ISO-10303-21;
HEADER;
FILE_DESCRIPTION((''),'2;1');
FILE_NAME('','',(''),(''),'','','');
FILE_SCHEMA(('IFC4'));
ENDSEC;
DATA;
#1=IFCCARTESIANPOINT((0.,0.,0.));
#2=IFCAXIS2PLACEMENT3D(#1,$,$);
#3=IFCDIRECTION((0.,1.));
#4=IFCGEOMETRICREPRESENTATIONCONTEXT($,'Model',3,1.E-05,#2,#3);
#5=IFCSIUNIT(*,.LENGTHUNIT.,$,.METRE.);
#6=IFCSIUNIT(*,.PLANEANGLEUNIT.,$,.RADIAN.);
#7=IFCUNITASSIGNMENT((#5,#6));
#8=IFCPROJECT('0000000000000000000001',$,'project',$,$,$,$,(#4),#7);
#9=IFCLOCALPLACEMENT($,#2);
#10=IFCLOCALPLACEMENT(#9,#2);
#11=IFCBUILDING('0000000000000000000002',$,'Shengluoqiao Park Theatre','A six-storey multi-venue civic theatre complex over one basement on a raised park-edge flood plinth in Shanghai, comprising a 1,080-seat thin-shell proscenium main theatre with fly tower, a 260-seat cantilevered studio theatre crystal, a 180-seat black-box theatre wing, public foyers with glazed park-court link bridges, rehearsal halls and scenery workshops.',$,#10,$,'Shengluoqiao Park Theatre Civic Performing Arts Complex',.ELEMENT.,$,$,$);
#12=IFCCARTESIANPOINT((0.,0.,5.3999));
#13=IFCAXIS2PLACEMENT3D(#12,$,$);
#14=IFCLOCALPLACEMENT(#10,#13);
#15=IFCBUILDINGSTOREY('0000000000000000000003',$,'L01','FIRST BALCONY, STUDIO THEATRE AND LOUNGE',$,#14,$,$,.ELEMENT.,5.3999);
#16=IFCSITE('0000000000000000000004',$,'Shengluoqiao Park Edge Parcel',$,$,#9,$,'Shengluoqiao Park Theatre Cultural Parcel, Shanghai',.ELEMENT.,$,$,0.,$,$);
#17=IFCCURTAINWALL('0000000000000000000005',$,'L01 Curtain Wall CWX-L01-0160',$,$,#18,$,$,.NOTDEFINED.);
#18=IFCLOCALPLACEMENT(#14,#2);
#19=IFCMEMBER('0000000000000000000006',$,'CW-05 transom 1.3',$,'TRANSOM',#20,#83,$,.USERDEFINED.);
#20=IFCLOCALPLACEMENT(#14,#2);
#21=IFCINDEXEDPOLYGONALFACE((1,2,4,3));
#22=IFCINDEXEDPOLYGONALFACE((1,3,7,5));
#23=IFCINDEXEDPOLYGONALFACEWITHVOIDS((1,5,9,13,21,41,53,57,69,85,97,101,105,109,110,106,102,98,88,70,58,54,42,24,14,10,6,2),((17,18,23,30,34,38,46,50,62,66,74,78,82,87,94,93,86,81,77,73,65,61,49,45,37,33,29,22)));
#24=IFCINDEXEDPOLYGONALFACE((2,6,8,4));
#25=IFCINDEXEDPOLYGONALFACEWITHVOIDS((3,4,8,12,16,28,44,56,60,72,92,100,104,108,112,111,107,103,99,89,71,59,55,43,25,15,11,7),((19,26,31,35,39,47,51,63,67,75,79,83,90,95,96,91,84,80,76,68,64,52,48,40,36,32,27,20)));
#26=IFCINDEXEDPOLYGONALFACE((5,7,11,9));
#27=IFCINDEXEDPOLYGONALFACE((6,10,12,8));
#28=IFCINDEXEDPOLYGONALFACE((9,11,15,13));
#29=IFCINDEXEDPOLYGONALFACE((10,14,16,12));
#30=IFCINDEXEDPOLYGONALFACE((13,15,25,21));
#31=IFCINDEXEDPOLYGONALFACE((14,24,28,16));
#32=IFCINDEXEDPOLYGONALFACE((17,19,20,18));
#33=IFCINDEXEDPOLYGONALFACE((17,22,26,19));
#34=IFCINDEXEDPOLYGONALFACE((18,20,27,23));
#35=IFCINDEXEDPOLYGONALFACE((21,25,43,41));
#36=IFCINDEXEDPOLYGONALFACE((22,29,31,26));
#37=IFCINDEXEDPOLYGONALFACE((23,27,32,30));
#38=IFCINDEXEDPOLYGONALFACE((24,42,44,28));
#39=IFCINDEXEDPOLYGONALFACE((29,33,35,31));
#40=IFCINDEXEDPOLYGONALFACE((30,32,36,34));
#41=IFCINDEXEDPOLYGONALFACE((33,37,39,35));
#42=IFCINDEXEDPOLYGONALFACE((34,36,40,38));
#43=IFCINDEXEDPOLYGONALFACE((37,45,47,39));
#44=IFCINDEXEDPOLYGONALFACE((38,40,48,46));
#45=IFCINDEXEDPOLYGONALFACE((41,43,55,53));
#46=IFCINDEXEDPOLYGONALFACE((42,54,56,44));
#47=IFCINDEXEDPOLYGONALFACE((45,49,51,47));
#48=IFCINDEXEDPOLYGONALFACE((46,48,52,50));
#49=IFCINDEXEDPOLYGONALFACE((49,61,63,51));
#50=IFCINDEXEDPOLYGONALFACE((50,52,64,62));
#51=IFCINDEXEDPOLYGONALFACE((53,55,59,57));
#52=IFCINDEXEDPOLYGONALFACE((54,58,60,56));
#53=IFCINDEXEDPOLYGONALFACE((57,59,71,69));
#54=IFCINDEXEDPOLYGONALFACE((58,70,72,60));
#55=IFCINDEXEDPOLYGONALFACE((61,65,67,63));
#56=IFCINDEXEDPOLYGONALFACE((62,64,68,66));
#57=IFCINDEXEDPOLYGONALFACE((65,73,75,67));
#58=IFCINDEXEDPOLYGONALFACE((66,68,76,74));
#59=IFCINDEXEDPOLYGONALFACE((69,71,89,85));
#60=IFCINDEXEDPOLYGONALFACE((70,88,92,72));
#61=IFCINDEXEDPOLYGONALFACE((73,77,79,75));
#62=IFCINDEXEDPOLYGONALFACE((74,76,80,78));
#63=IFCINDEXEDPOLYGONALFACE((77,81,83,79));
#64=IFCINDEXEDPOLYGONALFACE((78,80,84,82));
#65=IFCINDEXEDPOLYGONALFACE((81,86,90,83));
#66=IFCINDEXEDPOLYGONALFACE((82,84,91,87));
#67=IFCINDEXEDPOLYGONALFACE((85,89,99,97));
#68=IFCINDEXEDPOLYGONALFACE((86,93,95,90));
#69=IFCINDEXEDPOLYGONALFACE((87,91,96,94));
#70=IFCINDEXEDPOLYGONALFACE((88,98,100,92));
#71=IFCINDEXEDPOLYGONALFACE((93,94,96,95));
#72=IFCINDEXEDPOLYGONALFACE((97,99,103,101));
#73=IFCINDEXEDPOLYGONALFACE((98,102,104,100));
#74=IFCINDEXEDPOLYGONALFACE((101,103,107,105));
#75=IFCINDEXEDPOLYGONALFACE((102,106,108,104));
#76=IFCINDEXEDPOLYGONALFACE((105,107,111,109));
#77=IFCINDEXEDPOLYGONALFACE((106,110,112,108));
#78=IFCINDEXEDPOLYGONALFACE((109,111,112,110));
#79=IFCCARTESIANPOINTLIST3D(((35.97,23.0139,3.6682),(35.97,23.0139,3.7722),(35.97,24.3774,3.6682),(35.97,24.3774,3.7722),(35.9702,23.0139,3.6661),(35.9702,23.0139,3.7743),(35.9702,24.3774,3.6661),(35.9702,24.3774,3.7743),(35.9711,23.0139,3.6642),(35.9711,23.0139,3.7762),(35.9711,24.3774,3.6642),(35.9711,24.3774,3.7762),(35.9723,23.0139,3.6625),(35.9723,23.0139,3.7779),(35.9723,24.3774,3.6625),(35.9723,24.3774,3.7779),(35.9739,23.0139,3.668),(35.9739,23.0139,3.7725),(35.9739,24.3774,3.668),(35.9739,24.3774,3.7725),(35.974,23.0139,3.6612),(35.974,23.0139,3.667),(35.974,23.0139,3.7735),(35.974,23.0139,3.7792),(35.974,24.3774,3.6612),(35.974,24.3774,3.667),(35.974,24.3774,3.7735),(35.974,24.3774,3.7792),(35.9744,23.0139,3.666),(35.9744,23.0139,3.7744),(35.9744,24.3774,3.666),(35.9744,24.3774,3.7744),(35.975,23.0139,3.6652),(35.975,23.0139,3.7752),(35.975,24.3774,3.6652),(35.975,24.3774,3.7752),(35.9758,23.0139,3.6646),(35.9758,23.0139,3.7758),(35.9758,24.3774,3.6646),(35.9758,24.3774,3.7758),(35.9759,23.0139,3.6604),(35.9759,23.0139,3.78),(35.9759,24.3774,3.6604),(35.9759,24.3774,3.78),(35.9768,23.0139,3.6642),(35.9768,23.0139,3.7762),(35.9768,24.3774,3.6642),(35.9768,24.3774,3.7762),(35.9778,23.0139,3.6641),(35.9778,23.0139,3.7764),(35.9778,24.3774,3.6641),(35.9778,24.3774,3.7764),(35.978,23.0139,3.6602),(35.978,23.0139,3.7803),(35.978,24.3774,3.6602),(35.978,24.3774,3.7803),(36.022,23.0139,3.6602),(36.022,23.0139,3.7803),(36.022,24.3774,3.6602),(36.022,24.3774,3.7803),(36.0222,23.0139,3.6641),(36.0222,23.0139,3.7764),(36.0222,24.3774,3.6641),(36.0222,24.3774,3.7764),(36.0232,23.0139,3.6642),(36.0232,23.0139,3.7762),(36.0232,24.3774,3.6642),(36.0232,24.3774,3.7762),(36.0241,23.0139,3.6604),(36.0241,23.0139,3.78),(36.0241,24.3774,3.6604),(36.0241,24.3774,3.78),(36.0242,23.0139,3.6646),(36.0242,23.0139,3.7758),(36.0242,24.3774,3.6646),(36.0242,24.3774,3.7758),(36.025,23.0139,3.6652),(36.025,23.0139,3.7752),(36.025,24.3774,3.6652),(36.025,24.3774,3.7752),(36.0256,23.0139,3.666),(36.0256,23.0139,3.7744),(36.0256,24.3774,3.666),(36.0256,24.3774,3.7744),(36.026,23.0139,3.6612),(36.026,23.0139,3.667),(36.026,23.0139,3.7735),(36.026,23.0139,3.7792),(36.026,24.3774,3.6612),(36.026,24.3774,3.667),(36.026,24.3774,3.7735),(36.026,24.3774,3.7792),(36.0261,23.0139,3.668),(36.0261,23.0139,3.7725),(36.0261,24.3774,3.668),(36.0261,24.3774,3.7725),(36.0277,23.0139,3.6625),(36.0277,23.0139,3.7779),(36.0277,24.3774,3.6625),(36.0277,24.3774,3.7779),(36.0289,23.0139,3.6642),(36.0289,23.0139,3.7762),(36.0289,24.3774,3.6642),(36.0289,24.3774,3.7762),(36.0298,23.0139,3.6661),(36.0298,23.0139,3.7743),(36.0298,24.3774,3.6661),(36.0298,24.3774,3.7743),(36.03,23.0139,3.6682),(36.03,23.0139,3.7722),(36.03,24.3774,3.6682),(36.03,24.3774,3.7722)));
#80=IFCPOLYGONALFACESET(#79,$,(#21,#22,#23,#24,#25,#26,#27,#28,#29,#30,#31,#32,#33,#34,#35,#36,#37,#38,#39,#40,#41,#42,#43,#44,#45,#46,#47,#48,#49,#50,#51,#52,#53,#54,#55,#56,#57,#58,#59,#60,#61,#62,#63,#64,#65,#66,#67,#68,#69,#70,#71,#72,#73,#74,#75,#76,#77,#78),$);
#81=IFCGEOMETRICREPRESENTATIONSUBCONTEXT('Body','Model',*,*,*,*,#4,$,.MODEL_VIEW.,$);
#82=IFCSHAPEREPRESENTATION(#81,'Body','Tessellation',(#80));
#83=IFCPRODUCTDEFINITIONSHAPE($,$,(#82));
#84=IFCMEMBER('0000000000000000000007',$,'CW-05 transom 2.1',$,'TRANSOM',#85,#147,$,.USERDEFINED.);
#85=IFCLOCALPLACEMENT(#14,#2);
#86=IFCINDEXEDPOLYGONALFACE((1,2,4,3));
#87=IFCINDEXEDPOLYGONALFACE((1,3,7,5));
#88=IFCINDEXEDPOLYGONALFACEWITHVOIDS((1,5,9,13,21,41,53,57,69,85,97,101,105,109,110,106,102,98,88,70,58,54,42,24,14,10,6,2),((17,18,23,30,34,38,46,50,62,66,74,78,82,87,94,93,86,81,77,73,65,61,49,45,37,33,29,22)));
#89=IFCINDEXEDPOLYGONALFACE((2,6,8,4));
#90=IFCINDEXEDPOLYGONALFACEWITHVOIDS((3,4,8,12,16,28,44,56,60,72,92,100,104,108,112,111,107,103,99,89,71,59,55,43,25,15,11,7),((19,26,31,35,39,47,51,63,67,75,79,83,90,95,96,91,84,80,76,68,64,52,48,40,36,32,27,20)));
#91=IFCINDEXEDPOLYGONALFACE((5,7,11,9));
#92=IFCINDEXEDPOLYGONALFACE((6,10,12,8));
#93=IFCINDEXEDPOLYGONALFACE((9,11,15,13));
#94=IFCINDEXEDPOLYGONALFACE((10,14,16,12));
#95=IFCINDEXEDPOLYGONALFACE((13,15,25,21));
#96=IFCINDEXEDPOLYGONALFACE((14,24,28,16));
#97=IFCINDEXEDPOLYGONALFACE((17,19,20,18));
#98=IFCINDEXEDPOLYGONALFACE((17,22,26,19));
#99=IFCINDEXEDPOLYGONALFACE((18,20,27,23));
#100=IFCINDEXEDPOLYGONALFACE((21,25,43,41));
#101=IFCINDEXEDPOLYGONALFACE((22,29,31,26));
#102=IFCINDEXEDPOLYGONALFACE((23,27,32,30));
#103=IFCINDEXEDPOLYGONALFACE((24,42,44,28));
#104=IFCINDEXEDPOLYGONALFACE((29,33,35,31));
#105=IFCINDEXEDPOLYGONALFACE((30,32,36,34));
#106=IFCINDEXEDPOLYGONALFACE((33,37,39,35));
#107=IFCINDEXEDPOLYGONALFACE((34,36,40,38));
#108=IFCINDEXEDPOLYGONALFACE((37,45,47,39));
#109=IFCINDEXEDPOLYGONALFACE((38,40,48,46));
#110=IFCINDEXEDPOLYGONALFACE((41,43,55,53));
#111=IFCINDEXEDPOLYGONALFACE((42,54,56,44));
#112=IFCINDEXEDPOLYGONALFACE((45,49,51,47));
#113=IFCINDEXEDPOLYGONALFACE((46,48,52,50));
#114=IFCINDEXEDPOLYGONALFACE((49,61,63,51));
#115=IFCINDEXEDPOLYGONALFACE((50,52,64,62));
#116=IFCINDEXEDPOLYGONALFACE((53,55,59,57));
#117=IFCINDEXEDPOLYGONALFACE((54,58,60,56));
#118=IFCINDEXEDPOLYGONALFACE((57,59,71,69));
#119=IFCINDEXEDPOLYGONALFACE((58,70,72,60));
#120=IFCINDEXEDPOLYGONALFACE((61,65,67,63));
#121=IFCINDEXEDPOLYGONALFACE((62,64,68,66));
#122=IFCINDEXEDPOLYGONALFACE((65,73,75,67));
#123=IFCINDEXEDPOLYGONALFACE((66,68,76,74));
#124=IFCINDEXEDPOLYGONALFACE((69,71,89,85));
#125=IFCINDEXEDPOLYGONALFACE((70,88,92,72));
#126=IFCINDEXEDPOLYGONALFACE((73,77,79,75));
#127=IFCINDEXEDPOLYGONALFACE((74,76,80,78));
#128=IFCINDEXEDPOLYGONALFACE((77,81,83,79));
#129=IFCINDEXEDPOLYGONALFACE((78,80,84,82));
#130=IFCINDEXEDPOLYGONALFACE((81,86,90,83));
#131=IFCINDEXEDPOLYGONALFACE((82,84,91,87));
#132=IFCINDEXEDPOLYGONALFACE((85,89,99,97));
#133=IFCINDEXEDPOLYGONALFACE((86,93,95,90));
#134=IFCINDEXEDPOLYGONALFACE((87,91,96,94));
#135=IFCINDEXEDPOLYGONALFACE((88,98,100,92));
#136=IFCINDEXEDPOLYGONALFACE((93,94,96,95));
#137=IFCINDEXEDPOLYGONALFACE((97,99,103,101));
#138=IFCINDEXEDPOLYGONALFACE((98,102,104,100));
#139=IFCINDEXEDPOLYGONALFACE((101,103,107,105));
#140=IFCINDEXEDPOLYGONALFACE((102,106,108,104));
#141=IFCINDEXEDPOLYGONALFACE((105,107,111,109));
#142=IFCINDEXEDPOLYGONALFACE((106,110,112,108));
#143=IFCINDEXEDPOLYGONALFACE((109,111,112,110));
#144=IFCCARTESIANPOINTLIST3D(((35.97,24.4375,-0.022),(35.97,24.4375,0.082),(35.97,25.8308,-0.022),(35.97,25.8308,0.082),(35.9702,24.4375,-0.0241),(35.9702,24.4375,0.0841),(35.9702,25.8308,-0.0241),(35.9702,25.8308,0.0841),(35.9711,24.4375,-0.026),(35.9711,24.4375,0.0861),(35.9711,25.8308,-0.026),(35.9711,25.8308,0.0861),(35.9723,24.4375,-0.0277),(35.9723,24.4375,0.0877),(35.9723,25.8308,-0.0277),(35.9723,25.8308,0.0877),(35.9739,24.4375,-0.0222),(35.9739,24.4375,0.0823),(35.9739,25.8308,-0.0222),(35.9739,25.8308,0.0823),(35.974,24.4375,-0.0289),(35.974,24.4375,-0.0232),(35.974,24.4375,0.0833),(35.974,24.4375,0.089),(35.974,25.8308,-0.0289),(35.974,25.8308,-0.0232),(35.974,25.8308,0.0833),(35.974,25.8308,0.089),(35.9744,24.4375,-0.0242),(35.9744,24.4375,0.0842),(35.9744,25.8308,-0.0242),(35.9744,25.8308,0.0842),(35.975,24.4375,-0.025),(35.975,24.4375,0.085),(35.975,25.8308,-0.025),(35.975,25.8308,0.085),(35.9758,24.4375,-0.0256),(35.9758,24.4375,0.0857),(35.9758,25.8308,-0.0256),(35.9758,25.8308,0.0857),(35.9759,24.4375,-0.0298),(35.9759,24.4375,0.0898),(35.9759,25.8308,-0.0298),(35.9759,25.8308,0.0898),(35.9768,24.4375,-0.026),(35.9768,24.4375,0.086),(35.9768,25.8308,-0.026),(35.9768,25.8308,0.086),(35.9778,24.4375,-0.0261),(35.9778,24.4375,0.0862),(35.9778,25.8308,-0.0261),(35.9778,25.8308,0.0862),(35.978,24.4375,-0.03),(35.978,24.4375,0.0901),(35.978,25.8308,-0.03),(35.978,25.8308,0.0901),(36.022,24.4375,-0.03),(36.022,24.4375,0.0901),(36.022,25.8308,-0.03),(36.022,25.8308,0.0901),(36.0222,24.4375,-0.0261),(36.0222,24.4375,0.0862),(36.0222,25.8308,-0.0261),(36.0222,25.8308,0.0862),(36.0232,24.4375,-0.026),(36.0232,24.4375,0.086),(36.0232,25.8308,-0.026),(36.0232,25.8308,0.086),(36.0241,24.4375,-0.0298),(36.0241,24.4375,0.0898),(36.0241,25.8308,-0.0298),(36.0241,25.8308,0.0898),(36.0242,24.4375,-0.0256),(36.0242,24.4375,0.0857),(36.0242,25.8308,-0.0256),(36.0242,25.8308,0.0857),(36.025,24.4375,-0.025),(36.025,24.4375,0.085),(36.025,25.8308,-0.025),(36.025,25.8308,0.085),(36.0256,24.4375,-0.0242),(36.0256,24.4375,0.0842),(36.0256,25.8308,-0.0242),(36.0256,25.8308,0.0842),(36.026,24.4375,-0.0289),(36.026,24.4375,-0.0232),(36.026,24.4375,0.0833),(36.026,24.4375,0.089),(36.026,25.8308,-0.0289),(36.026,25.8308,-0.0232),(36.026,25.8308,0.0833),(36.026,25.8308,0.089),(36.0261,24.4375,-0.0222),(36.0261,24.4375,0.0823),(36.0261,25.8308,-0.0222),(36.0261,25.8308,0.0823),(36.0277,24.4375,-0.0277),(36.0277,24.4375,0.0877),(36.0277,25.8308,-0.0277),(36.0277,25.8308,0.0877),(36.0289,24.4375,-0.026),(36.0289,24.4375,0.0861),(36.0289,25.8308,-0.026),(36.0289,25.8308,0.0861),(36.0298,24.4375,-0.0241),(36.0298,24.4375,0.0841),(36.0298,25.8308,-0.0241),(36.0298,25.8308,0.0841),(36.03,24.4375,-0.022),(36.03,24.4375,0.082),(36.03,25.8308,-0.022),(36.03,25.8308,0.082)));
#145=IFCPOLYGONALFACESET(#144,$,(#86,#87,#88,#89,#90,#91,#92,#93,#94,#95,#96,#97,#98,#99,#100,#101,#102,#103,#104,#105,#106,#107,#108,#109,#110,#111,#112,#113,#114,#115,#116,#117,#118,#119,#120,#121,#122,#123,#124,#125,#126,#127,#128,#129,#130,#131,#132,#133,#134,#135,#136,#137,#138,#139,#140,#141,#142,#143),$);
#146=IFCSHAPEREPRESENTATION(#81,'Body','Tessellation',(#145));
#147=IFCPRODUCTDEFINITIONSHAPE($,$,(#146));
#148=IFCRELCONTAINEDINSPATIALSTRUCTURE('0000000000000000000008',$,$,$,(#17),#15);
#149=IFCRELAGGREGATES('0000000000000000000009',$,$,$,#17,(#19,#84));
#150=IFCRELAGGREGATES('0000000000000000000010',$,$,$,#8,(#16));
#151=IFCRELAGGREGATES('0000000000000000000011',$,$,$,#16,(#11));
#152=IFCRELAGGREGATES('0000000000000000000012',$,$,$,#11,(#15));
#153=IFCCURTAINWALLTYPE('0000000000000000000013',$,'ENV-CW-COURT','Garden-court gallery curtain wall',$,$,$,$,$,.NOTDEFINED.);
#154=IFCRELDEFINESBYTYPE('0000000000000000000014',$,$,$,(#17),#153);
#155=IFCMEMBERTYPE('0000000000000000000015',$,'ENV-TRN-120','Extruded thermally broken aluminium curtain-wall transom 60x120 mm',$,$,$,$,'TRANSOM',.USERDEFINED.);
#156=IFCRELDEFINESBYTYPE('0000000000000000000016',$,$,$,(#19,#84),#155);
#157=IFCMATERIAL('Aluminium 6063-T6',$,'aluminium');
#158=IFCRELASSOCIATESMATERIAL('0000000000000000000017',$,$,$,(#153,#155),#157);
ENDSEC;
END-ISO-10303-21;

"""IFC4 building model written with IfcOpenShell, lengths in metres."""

from ifc_helpers import new_model, si_unit, direction, frame, origin, origin_2d, place, context, subcontext, project, spatial, hollow_rectangle, extrude, material, material_profile, profile_set, type_object, element, aggregate, save


model = new_model("IFC4")

# Units and contexts
model_context = context("Model", 3, precision=1e-05, world=origin(), true_north=direction((0.0, 1.0)))
body_context = subcontext(model_context, "Body", "Model", "MODEL_VIEW")
ifc_project = project(units=[si_unit("LENGTHUNIT", "METRE"), si_unit("PLANEANGLEUNIT", "RADIAN")], contexts=[model_context])

# Site, building, storey
site_placement = place(None, origin())
site = spatial("IfcSite", under=ifc_project, at=site_placement, Name="Shengluoqiao Park Edge Parcel", LongName="Shengluoqiao Park Theatre Cultural Parcel, Shanghai", CompositionType="ELEMENT", RefElevation=0.0)
building_placement = place(site_placement, origin())
building = spatial("IfcBuilding", under=site, at=building_placement, Name="Shengluoqiao Park Theatre", Description="A six-storey multi-venue civic theatre complex over one basement on a raised park-edge flood plinth in Shanghai, comprising a 1,080-seat thin-shell proscenium main theatre with fly tower, a 260-seat cantilevered studio theatre crystal, a 180-seat black-box theatre wing, public foyers with glazed park-court link bridges, rehearsal halls and scenery workshops.", LongName="Shengluoqiao Park Theatre Civic Performing Arts Complex", CompositionType="ELEMENT")
storey_placement = place(building_placement, frame((0.0, 0.0, 5.3999)))
storey = spatial("IfcBuildingStorey", under=building, at=storey_placement, Name="L01", Description="FIRST BALCONY, STUDIO THEATRE AND LOUNGE", CompositionType="ELEMENT", Elevation=5.3999)

# Curtain wall
ifc_material_1 = material(Name="Aluminium 6063-T6", Category="aluminium")
curtain_wall_type_1 = type_object("IfcCurtainWallType", Name="ENV-CW-COURT", Description="Garden-court gallery curtain wall", PredefinedType="NOTDEFINED", material=ifc_material_1)
curtain_wall_1_placement = place(storey_placement, origin())
curtain_wall_1 = element("IfcCurtainWall", 1, at=curtain_wall_1_placement, inside=storey, type_object=curtain_wall_type_1, Name="L01 Curtain Wall CWX-L01-0160", PredefinedType="NOTDEFINED")
ifc_material_profile_1 = material_profile(ifc_material_1, hollow_rectangle(XDim=0.0601, YDim=0.1201, WallThickness=0.0039, InnerFilletRadius=0.0039, OuterFilletRadius=0.0081, at=origin_2d()), Name="ALU TRANSOM 120x60x4")
ifc_profile_set_1 = profile_set([ifc_material_profile_1], Name="Aluminium 6063-T6")
member_type_1 = type_object("IfcMemberType", Name="ENV-TRN-120", Description="Extruded thermally broken aluminium curtain-wall transom 60x120 mm", ElementType="TRANSOM", PredefinedType="USERDEFINED", material=ifc_profile_set_1)

# Members
member_1_placement = place(storey_placement, frame((36.0, 23.0139, 3.7202), z_axis=(0.0, 1.0, 0.0), x_axis=(-1.0, 0.0, 0.0)))
member_1 = element("IfcMember", 2, at=member_1_placement, type_object=member_type_1, Name="CW-05 transom 1.3", ObjectType="TRANSOM", PredefinedType="USERDEFINED", context=body_context, shape_type="SweptSolid", body=[
    extrude(hollow_rectangle(XDim=0.0601, YDim=0.1201, WallThickness=0.0039, InnerFilletRadius=0.0039, OuterFilletRadius=0.0081, at=origin_2d()), origin(), (0.0, 0.0, 1.0), 1.3635),
])
member_2_placement = place(storey_placement, frame((36.0, 24.4375, 0.03), z_axis=(0.0, 1.0, 0.0), x_axis=(-1.0, 0.0, 0.0)))
member_2 = element("IfcMember", 3, at=member_2_placement, type_object=member_type_1, Name="CW-05 transom 2.1", ObjectType="TRANSOM", PredefinedType="USERDEFINED", context=body_context, shape_type="SweptSolid", body=[
    extrude(hollow_rectangle(XDim=0.0601, YDim=0.1201, WallThickness=0.0039, InnerFilletRadius=0.0039, OuterFilletRadius=0.0081, at=origin_2d()), origin(), (0.0, 0.0, 1.0), 1.3933),
])

aggregate(curtain_wall_1, [member_1, member_2])

save(model, "model.ifc")
